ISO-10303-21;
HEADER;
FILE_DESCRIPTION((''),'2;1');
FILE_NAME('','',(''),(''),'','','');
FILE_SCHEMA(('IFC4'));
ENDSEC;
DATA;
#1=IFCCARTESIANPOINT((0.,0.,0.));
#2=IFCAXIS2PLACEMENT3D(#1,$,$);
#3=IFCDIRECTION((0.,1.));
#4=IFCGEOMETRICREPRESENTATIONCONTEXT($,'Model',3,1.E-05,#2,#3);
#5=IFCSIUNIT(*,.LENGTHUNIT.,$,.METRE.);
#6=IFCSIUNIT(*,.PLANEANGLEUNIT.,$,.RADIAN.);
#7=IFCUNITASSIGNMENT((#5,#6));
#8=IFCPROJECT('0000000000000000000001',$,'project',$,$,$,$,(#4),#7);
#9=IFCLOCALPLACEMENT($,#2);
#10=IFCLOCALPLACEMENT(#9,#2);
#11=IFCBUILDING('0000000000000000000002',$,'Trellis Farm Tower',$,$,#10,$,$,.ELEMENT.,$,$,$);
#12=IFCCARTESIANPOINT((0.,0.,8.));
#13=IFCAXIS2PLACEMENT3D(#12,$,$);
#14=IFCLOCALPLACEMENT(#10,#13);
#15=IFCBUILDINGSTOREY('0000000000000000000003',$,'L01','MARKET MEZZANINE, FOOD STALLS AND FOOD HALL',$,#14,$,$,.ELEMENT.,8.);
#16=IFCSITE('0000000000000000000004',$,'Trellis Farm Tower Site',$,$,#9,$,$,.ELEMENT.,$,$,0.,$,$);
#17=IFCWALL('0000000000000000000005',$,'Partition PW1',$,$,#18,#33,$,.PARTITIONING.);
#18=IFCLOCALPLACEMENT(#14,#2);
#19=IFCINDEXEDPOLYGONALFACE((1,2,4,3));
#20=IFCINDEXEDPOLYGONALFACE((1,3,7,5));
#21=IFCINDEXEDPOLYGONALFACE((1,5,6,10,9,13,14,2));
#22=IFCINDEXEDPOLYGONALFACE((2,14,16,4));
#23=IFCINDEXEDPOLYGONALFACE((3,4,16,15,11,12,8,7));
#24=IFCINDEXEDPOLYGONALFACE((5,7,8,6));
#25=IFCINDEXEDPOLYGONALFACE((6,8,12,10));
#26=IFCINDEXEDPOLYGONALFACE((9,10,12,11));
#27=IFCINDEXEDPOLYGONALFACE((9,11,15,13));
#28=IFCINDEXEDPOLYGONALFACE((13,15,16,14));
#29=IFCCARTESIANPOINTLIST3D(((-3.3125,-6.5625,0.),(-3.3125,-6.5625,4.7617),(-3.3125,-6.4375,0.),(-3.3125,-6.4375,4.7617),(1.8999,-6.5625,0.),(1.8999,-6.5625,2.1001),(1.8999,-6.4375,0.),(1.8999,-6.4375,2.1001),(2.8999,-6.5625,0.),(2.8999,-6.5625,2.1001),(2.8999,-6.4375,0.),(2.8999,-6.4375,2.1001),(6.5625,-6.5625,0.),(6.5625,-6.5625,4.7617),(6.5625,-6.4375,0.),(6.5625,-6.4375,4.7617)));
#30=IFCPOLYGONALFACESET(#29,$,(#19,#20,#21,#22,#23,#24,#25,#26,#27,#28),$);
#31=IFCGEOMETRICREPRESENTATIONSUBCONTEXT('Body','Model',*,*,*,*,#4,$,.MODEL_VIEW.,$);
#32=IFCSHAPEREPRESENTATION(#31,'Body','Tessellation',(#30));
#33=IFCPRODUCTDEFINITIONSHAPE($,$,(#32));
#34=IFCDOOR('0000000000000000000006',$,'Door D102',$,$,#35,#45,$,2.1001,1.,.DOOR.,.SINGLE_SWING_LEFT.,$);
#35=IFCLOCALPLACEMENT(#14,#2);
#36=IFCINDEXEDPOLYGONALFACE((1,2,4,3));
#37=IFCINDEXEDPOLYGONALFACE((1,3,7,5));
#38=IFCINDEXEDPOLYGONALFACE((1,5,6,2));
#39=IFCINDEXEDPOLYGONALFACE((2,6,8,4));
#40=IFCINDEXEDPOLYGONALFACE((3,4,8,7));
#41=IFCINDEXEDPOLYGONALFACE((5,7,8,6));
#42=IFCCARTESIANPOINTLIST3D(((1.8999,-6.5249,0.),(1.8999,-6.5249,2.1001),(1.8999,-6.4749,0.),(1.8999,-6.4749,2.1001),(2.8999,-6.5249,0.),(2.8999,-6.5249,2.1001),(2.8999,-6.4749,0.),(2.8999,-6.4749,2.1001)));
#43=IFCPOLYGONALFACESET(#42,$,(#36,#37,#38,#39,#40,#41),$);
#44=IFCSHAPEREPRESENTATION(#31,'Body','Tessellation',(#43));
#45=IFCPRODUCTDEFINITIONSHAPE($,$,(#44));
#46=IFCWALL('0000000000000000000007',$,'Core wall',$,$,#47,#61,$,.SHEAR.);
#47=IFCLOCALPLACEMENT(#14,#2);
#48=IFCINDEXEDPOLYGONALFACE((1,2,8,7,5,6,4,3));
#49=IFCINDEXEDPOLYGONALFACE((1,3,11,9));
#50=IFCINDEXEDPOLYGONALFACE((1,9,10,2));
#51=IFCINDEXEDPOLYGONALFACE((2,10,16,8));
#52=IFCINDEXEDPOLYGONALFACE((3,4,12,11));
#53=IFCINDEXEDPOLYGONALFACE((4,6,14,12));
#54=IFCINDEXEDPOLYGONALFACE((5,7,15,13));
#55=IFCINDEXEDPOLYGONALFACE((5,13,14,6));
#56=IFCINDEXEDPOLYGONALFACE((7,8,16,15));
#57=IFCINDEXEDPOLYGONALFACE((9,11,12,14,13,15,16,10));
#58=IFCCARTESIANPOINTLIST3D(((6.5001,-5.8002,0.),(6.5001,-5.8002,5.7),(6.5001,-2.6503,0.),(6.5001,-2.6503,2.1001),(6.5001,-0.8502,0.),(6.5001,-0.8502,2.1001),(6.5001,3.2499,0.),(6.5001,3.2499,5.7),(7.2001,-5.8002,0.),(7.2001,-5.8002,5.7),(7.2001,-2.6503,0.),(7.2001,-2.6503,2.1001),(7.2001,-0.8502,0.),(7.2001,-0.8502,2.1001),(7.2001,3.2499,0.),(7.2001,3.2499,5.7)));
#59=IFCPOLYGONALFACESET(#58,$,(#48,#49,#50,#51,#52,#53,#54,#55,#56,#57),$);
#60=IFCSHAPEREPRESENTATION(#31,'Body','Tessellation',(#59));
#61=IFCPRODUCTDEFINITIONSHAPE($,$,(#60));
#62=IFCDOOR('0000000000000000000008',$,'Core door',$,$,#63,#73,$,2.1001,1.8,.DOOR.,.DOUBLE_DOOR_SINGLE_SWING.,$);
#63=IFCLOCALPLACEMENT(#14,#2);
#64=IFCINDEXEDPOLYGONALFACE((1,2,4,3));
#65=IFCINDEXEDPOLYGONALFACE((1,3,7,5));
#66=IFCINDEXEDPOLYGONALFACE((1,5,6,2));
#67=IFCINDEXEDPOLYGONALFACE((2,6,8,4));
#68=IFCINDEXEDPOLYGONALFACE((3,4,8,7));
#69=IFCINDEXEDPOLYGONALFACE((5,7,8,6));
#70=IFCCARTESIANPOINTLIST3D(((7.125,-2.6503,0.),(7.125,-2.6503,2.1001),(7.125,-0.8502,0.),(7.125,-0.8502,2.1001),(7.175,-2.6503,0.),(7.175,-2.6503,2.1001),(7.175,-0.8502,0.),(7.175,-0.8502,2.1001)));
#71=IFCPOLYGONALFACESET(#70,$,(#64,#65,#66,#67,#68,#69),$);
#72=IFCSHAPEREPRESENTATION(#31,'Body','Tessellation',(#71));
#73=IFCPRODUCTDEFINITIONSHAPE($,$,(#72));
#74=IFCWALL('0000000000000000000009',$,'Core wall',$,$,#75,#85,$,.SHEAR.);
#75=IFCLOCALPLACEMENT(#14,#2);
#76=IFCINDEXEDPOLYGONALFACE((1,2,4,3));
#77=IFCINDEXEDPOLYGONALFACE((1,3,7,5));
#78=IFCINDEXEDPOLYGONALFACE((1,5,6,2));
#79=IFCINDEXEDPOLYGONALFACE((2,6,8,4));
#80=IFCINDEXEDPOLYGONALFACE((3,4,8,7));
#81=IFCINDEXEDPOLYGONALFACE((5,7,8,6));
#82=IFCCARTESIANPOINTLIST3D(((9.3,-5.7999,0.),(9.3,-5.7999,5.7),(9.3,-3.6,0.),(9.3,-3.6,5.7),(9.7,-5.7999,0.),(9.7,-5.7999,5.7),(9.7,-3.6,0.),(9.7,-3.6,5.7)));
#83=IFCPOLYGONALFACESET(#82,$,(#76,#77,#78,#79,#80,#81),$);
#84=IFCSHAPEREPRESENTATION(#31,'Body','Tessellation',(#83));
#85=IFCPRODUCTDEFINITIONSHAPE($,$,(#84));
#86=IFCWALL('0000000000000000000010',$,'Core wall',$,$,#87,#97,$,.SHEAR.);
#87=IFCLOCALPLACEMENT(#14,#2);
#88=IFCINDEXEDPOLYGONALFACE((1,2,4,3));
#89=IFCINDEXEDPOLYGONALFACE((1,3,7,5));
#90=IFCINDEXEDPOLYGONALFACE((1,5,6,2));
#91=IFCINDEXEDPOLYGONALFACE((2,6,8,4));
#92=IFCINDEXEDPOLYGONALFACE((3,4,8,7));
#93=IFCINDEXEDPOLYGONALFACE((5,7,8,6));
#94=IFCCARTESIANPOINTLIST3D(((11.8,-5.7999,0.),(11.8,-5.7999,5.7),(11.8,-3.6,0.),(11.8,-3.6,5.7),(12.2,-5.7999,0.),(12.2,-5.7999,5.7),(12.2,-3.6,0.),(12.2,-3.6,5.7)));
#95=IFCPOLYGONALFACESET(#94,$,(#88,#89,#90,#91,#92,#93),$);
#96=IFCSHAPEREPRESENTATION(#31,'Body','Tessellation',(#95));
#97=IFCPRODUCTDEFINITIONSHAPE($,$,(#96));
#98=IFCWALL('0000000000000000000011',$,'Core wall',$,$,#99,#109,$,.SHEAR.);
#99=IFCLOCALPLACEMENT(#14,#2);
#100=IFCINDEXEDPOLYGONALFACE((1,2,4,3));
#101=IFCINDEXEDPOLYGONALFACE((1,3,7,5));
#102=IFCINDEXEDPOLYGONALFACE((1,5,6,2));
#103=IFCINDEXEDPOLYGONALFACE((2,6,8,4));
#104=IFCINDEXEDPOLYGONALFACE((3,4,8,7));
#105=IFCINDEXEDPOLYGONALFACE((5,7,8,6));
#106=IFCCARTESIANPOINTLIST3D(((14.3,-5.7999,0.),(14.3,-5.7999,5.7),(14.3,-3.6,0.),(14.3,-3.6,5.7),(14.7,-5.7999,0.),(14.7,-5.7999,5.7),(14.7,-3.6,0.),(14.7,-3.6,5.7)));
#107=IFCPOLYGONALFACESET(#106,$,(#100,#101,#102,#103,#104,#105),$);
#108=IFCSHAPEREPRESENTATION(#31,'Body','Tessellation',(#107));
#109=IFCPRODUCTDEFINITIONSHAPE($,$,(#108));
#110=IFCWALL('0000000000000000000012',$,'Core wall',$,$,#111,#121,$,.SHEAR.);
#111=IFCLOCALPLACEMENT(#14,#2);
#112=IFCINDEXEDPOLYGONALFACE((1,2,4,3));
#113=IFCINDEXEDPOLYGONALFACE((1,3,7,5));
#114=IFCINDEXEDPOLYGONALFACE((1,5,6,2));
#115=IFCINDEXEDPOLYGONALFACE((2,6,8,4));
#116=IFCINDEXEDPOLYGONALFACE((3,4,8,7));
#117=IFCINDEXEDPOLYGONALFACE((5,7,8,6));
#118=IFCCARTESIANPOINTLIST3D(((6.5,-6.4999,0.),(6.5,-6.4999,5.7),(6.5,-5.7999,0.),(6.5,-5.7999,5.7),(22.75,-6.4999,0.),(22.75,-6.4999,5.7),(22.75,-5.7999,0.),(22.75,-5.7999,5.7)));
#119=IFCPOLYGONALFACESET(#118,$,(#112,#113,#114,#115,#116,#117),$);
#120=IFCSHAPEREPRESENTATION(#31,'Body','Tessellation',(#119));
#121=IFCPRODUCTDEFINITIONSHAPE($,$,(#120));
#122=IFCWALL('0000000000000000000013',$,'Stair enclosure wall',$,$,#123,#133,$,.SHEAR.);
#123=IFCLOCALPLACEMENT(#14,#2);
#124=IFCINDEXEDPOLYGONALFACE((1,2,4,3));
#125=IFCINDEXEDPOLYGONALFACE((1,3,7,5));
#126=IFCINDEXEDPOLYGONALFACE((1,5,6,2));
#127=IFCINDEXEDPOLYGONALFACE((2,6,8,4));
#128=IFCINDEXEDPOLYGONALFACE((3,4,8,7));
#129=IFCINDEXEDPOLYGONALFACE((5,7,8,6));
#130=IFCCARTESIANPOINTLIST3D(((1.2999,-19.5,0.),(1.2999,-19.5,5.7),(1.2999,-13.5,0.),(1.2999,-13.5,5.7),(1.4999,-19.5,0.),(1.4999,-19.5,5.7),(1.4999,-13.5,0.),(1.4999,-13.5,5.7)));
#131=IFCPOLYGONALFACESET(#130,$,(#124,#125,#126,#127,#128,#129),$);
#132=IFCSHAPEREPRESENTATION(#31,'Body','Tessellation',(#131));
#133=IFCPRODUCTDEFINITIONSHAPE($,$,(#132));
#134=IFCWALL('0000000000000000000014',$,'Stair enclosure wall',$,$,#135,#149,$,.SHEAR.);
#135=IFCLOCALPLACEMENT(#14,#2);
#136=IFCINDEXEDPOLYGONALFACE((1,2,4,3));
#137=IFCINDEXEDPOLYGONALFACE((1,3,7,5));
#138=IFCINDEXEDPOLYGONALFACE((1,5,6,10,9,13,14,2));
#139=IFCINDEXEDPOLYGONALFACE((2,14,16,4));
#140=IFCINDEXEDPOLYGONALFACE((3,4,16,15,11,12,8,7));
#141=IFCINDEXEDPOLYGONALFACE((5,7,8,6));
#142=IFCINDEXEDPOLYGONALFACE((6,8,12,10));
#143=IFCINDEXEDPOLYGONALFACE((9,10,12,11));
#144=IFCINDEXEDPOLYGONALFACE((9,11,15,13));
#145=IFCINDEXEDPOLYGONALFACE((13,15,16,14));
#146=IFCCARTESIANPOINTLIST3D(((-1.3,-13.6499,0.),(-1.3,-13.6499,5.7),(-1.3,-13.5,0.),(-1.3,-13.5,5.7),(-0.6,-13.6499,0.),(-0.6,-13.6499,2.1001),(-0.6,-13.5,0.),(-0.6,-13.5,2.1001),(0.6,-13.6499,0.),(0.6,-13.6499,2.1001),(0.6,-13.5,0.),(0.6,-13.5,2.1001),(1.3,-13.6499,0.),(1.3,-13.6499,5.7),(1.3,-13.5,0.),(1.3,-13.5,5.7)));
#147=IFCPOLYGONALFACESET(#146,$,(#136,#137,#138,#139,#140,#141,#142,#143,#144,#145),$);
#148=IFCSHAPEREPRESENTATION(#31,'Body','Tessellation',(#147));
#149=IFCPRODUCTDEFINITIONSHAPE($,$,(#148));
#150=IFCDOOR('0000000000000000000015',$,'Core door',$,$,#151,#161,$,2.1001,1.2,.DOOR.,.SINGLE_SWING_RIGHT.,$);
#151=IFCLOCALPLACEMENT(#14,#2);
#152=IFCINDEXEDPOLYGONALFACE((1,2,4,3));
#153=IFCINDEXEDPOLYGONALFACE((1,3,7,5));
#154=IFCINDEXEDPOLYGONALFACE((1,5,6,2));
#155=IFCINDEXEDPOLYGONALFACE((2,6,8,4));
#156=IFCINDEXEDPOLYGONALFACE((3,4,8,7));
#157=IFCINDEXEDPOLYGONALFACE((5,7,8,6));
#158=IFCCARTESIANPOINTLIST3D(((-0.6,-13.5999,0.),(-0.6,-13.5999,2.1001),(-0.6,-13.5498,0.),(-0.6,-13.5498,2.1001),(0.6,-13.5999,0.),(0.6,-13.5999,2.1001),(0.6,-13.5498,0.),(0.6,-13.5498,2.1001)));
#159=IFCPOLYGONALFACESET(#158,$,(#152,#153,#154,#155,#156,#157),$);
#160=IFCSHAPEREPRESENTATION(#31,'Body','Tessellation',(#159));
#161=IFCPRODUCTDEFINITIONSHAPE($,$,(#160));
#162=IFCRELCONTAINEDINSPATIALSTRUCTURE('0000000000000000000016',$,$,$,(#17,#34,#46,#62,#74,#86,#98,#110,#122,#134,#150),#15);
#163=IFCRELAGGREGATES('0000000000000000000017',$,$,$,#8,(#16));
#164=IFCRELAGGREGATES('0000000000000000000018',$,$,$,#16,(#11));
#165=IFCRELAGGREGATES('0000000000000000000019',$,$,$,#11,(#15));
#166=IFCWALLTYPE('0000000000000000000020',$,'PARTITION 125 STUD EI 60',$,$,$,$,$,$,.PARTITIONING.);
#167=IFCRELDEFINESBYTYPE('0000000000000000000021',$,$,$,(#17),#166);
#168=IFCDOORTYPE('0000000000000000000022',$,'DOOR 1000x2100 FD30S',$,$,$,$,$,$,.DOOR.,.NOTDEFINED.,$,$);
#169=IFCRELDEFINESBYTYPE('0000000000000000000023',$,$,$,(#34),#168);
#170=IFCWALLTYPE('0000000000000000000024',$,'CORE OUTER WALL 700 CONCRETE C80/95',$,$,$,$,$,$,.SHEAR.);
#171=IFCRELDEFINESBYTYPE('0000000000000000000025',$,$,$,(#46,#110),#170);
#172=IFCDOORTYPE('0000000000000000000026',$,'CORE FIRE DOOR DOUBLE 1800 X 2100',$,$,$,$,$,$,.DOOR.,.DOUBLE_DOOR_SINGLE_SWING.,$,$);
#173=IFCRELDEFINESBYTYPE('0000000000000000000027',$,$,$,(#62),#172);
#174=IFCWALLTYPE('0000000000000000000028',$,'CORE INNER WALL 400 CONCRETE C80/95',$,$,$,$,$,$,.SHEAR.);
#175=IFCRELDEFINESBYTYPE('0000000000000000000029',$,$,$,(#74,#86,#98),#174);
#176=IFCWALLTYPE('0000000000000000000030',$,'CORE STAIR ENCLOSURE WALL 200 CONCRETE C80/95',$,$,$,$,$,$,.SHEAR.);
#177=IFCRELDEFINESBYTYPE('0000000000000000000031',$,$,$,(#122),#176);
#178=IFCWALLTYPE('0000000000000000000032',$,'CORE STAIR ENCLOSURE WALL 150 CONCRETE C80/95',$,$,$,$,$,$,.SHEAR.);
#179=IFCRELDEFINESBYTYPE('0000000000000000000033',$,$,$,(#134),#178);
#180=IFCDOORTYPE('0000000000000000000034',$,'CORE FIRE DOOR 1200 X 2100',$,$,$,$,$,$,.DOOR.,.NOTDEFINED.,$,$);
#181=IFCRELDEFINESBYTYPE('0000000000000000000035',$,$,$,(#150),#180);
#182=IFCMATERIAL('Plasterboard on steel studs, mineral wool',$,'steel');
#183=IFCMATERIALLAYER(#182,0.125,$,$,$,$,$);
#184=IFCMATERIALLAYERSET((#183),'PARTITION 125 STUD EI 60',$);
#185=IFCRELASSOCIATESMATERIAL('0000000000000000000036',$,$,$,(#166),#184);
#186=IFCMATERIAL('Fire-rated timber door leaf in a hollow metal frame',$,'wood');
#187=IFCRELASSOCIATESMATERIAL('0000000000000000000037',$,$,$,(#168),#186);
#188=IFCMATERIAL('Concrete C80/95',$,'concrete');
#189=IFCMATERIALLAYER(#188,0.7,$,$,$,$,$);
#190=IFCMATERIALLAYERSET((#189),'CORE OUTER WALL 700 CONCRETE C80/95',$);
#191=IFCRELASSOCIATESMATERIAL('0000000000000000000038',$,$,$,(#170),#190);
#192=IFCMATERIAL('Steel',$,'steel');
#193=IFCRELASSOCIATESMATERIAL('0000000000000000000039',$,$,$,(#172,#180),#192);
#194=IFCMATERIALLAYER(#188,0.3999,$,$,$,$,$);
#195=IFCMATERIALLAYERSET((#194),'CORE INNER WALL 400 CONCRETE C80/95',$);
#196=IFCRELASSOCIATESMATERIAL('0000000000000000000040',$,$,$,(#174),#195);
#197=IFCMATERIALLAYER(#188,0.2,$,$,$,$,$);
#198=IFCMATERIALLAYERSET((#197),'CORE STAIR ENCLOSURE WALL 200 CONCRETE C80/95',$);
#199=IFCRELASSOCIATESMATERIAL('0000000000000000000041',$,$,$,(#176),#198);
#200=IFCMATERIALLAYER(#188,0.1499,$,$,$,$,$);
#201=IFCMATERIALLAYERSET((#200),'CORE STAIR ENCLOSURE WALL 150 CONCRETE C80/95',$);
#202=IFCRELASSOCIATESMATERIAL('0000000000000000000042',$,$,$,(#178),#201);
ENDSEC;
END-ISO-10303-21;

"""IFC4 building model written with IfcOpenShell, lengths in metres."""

from ifc_helpers import new_model, si_unit, direction, frame, frame_2d, origin, place, context, subcontext, project, spatial, rectangle, extrude, source, transform, mapped, material, layer, layer_set, type_object, element, fill, save


model = new_model("IFC4")

# Units and contexts
model_context = context("Model", 3, precision=1e-05, world=origin(), true_north=direction((0.0, 1.0)))
body_context = subcontext(model_context, "Body", "Model", "MODEL_VIEW")
ifc_project = project(units=[si_unit("LENGTHUNIT", "METRE"), si_unit("PLANEANGLEUNIT", "RADIAN")], contexts=[model_context])

# Site, building, storey
site_placement = place(None, origin())
site = spatial("IfcSite", under=ifc_project, at=site_placement, Name="Trellis Farm Tower Site", CompositionType="ELEMENT", RefElevation=0.0)
building_placement = place(site_placement, origin())
building = spatial("IfcBuilding", under=site, at=building_placement, Name="Trellis Farm Tower", CompositionType="ELEMENT")
storey_placement = place(building_placement, frame((0.0, 0.0, 8.0)))
storey = spatial("IfcBuildingStorey", under=building, at=storey_placement, Name="L01", Description="MARKET MEZZANINE, FOOD STALLS AND FOOD HALL", CompositionType="ELEMENT", Elevation=8.0)

# Shared definitions
ifc_material_1 = material(Name="Concrete C80/95", Category="concrete")

# Walls, openings, doors
ifc_material_2 = material(Name="Plasterboard on steel studs, mineral wool", Category="steel")
ifc_layer_1 = layer(ifc_material_2, 0.125)
ifc_layer_set_1 = layer_set([ifc_layer_1], Name="PARTITION 125 STUD EI 60")
wall_type_1 = type_object("IfcWallType", Name="PARTITION 125 STUD EI 60", PredefinedType="PARTITIONING", material=ifc_layer_set_1)
ifc_material_3 = material(Name="Fire-rated timber door leaf in a hollow metal frame", Category="wood")
wall_1_placement = place(storey_placement, frame((6.5625, -6.5, 0.0), z_axis=(0.0, 0.0, 1.0), x_axis=(-1.0, 0.0, 0.0)))
wall_1 = element("IfcWall", 1, at=wall_1_placement, inside=storey, type_object=wall_type_1, Name="Partition PW1", PredefinedType="PARTITIONING", context=body_context, shape_type="SweptSolid", body=[
    extrude(rectangle(XDim=9.875, YDim=0.125, at=frame_2d((4.9375, 0.0))), origin(), (0.0, 0.0, 1.0), 4.7617),
])
shared_shape_1 = source(origin(), body_context, "Body", "SweptSolid", [
    extrude(rectangle(XDim=1.0, YDim=2.1001, at=frame_2d((0.5, 1.05))), frame((0.0, 0.0725, 0.0), z_axis=(0.0, -1.0, 0.0), x_axis=(1.0, 0.0, 0.0)), (0.0, 0.0, 1.0), 0.145),
])
opening_1_placement = place(wall_1_placement, frame((3.6626, 0.0, 0.0)))
opening_1 = element("IfcOpeningElement", 2, at=opening_1_placement, cuts=wall_1, PredefinedType="OPENING", context=body_context, shape_type="MappedRepresentation", body=[
    mapped(shared_shape_1, transform((0.0, 0.0, 0.0))),
])
door_type_1 = type_object("IfcDoorType", Name="DOOR 1000x2100 FD30S", OperationType="NOTDEFINED", PredefinedType="DOOR", material=ifc_material_3)
shared_shape_2 = source(origin(), body_context, "Body", "SweptSolid", [
    extrude(rectangle(XDim=1.0, YDim=2.1001, at=frame_2d((0.5, 1.05))), frame((0.0, 0.0249, 0.0), z_axis=(0.0, -1.0, 0.0), x_axis=(1.0, 0.0, 0.0)), (0.0, 0.0, 1.0), 0.05),
])
door_1_placement = place(opening_1_placement, origin())
door_1 = element("IfcDoor", 3, at=door_1_placement, inside=storey, type_object=door_type_1, Name="Door D102", OperationType="SINGLE_SWING_LEFT", OverallHeight=2.1001, OverallWidth=1.0, PredefinedType="DOOR", context=body_context, shape_type="MappedRepresentation", body=[
    mapped(shared_shape_2, transform((0.0, 0.0, 0.0))),
])
fill(opening_1, door_1)
ifc_layer_2 = layer(ifc_material_1, 0.7)
ifc_layer_set_2 = layer_set([ifc_layer_2], Name="CORE OUTER WALL 700 CONCRETE C80/95")
wall_type_2 = type_object("IfcWallType", Name="CORE OUTER WALL 700 CONCRETE C80/95", PredefinedType="SHEAR", material=ifc_layer_set_2)
shared_shape_3 = source(origin(), body_context, "Body", "SweptSolid", [
    extrude(rectangle(XDim=9.05, YDim=0.7, at=frame_2d((4.5249, 0.0))), origin(), (0.0, 0.0, 1.0), 5.7),
])
wall_2_placement = place(storey_placement, frame((6.8501, -5.8, 0.0), z_axis=(0.0, 0.0, 1.0), x_axis=(0.0, 1.0, 0.0)))
wall_2 = element("IfcWall", 4, at=wall_2_placement, inside=storey, type_object=wall_type_2, Name="Core wall", PredefinedType="SHEAR", context=body_context, shape_type="MappedRepresentation", body=[
    mapped(shared_shape_3, transform((0.0, 0.0, 0.0))),
])
shared_shape_4 = source(origin(), body_context, "Body", "SweptSolid", [
    extrude(rectangle(XDim=1.8, YDim=2.1001, at=frame_2d((0.8999, 1.05))), frame((0.0, 0.3601, 0.0), z_axis=(0.0, -1.0, 0.0), x_axis=(1.0, 0.0, 0.0)), (0.0, 0.0, 1.0), 0.7202),
])
opening_2_placement = place(wall_2_placement, frame((3.1499, 0.0, 0.0)))
opening_2 = element("IfcOpeningElement", 5, at=opening_2_placement, cuts=wall_2, PredefinedType="OPENING", context=body_context, shape_type="MappedRepresentation", body=[
    mapped(shared_shape_4, transform((0.0, 0.0, 0.0))),
])
ifc_material_4 = material(Name="Steel", Category="steel")
door_type_2 = type_object("IfcDoorType", Name="CORE FIRE DOOR DOUBLE 1800 X 2100", OperationType="DOUBLE_DOOR_SINGLE_SWING", PredefinedType="DOOR", material=ifc_material_4)
shared_shape_5 = source(origin(), body_context, "Body", "SweptSolid", [
    extrude(rectangle(XDim=1.8, YDim=2.1001, at=frame_2d((0.8999, 1.05))), frame((0.0, -0.2749, 0.0), z_axis=(0.0, -1.0, 0.0), x_axis=(1.0, 0.0, 0.0)), (0.0, 0.0, 1.0), 0.05),
])
door_2_placement = place(opening_2_placement, origin())
door_2 = element("IfcDoor", 6, at=door_2_placement, inside=storey, type_object=door_type_2, Name="Core door", OperationType="DOUBLE_DOOR_SINGLE_SWING", OverallHeight=2.1001, OverallWidth=1.8, PredefinedType="DOOR", context=body_context, shape_type="MappedRepresentation", body=[
    mapped(shared_shape_5, transform((0.0, 0.0, 0.0))),
])
fill(opening_2, door_2)

# Walls
ifc_layer_3 = layer(ifc_material_1, 0.3999)
ifc_layer_set_3 = layer_set([ifc_layer_3], Name="CORE INNER WALL 400 CONCRETE C80/95")
wall_type_3 = type_object("IfcWallType", Name="CORE INNER WALL 400 CONCRETE C80/95", PredefinedType="SHEAR", material=ifc_layer_set_3)
shared_shape_6 = source(origin(), body_context, "Body", "SweptSolid", [
    extrude(rectangle(XDim=2.2, YDim=0.3999, at=frame_2d((1.1001, 0.0))), origin(), (0.0, 0.0, 1.0), 5.7),
])
for number, where, z_axis, x_axis, name in (
    (7, (9.5, -5.8, 0.0), (0.0, 0.0, 1.0), (0.0, 1.0, 0.0), "Core wall"),
    (8, (12.0, -5.8, 0.0), (0.0, 0.0, 1.0), (0.0, 1.0, 0.0), "Core wall"),
    (9, (14.5, -5.8, 0.0), (0.0, 0.0, 1.0), (0.0, 1.0, 0.0), "Core wall"),
):
    element("IfcWall", number, at=place(storey_placement, frame(where, z_axis=z_axis, x_axis=x_axis)), inside=storey, type_object=wall_type_3, Name=name, PredefinedType="SHEAR", context=body_context, shape_type="MappedRepresentation", body=[
        mapped(shared_shape_6, transform((0.0, 0.0, 0.0))),
    ])
shared_shape_7 = source(origin(), body_context, "Body", "SweptSolid", [
    extrude(rectangle(XDim=16.25, YDim=0.7, at=frame_2d((8.125, 0.0))), origin(), (0.0, 0.0, 1.0), 5.7),
])
wall_3_placement = place(storey_placement, frame((6.5, -6.1499, 0.0), z_axis=(0.0, 0.0, 1.0), x_axis=(1.0, 0.0, 0.0)))
element("IfcWall", 10, at=wall_3_placement, inside=storey, type_object=wall_type_2, Name="Core wall", PredefinedType="SHEAR", context=body_context, shape_type="MappedRepresentation", body=[
    mapped(shared_shape_7, transform((0.0, 0.0, 0.0))),
])
ifc_layer_4 = layer(ifc_material_1, 0.2)
ifc_layer_set_4 = layer_set([ifc_layer_4], Name="CORE STAIR ENCLOSURE WALL 200 CONCRETE C80/95")
wall_type_4 = type_object("IfcWallType", Name="CORE STAIR ENCLOSURE WALL 200 CONCRETE C80/95", PredefinedType="SHEAR", material=ifc_layer_set_4)
shared_shape_8 = source(origin(), body_context, "Body", "SweptSolid", [
    extrude(rectangle(XDim=6.0, YDim=0.2, at=frame_2d((3.0, 0.0))), origin(), (0.0, 0.0, 1.0), 5.7),
])
wall_4_placement = place(storey_placement, frame((1.3999, -13.5, 0.0), z_axis=(0.0, 0.0, 1.0), x_axis=(0.0, -1.0, 0.0)))
element("IfcWall", 11, at=wall_4_placement, inside=storey, type_object=wall_type_4, Name="Stair enclosure wall", PredefinedType="SHEAR", context=body_context, shape_type="MappedRepresentation", body=[
    mapped(shared_shape_8, transform((0.0, 0.0, 0.0))),
])

# Wall, opening, door
ifc_layer_5 = layer(ifc_material_1, 0.1499)
ifc_layer_set_5 = layer_set([ifc_layer_5], Name="CORE STAIR ENCLOSURE WALL 150 CONCRETE C80/95")
wall_type_5 = type_object("IfcWallType", Name="CORE STAIR ENCLOSURE WALL 150 CONCRETE C80/95", PredefinedType="SHEAR", material=ifc_layer_set_5)
shared_shape_9 = source(origin(), body_context, "Body", "SweptSolid", [
    extrude(rectangle(XDim=2.6001, YDim=0.1499, at=frame_2d((1.3, 0.0))), origin(), (0.0, 0.0, 1.0), 5.7),
])
wall_5_placement = place(storey_placement, frame((1.3, -13.575, 0.0), z_axis=(0.0, 0.0, 1.0), x_axis=(-1.0, 0.0, 0.0)))
wall_5 = element("IfcWall", 12, at=wall_5_placement, inside=storey, type_object=wall_type_5, Name="Stair enclosure wall", PredefinedType="SHEAR", context=body_context, shape_type="MappedRepresentation", body=[
    mapped(shared_shape_9, transform((0.0, 0.0, 0.0))),
])
shared_shape_10 = source(origin(), body_context, "Body", "SweptSolid", [
    extrude(rectangle(XDim=1.2, YDim=2.1001, at=frame_2d((0.6001, 1.05))), frame((0.0, 0.085, 0.0), z_axis=(0.0, -1.0, 0.0), x_axis=(1.0, 0.0, 0.0)), (0.0, 0.0, 1.0), 0.1699),
])
opening_3_placement = place(wall_5_placement, frame((0.7, 0.0, 0.0)))
opening_3 = element("IfcOpeningElement", 13, at=opening_3_placement, cuts=wall_5, PredefinedType="OPENING", context=body_context, shape_type="MappedRepresentation", body=[
    mapped(shared_shape_10, transform((0.0, 0.0, 0.0))),
])
door_type_3 = type_object("IfcDoorType", Name="CORE FIRE DOOR 1200 X 2100", OperationType="NOTDEFINED", PredefinedType="DOOR", material=ifc_material_4)
shared_shape_11 = source(origin(), body_context, "Body", "SweptSolid", [
    extrude(rectangle(XDim=1.2, YDim=2.1001, at=frame_2d((0.6001, 1.05))), frame((0.0, 0.0249, 0.0), z_axis=(0.0, -1.0, 0.0), x_axis=(1.0, 0.0, 0.0)), (0.0, 0.0, 1.0), 0.05),
])
door_3_placement = place(opening_3_placement, origin())
door_3 = element("IfcDoor", 14, at=door_3_placement, inside=storey, type_object=door_type_3, Name="Core door", OperationType="SINGLE_SWING_RIGHT", OverallHeight=2.1001, OverallWidth=1.2, PredefinedType="DOOR", context=body_context, shape_type="MappedRepresentation", body=[
    mapped(shared_shape_11, transform((0.0, 0.0, 0.0))),
])
fill(opening_3, door_3)

save(model, "model.ifc")
